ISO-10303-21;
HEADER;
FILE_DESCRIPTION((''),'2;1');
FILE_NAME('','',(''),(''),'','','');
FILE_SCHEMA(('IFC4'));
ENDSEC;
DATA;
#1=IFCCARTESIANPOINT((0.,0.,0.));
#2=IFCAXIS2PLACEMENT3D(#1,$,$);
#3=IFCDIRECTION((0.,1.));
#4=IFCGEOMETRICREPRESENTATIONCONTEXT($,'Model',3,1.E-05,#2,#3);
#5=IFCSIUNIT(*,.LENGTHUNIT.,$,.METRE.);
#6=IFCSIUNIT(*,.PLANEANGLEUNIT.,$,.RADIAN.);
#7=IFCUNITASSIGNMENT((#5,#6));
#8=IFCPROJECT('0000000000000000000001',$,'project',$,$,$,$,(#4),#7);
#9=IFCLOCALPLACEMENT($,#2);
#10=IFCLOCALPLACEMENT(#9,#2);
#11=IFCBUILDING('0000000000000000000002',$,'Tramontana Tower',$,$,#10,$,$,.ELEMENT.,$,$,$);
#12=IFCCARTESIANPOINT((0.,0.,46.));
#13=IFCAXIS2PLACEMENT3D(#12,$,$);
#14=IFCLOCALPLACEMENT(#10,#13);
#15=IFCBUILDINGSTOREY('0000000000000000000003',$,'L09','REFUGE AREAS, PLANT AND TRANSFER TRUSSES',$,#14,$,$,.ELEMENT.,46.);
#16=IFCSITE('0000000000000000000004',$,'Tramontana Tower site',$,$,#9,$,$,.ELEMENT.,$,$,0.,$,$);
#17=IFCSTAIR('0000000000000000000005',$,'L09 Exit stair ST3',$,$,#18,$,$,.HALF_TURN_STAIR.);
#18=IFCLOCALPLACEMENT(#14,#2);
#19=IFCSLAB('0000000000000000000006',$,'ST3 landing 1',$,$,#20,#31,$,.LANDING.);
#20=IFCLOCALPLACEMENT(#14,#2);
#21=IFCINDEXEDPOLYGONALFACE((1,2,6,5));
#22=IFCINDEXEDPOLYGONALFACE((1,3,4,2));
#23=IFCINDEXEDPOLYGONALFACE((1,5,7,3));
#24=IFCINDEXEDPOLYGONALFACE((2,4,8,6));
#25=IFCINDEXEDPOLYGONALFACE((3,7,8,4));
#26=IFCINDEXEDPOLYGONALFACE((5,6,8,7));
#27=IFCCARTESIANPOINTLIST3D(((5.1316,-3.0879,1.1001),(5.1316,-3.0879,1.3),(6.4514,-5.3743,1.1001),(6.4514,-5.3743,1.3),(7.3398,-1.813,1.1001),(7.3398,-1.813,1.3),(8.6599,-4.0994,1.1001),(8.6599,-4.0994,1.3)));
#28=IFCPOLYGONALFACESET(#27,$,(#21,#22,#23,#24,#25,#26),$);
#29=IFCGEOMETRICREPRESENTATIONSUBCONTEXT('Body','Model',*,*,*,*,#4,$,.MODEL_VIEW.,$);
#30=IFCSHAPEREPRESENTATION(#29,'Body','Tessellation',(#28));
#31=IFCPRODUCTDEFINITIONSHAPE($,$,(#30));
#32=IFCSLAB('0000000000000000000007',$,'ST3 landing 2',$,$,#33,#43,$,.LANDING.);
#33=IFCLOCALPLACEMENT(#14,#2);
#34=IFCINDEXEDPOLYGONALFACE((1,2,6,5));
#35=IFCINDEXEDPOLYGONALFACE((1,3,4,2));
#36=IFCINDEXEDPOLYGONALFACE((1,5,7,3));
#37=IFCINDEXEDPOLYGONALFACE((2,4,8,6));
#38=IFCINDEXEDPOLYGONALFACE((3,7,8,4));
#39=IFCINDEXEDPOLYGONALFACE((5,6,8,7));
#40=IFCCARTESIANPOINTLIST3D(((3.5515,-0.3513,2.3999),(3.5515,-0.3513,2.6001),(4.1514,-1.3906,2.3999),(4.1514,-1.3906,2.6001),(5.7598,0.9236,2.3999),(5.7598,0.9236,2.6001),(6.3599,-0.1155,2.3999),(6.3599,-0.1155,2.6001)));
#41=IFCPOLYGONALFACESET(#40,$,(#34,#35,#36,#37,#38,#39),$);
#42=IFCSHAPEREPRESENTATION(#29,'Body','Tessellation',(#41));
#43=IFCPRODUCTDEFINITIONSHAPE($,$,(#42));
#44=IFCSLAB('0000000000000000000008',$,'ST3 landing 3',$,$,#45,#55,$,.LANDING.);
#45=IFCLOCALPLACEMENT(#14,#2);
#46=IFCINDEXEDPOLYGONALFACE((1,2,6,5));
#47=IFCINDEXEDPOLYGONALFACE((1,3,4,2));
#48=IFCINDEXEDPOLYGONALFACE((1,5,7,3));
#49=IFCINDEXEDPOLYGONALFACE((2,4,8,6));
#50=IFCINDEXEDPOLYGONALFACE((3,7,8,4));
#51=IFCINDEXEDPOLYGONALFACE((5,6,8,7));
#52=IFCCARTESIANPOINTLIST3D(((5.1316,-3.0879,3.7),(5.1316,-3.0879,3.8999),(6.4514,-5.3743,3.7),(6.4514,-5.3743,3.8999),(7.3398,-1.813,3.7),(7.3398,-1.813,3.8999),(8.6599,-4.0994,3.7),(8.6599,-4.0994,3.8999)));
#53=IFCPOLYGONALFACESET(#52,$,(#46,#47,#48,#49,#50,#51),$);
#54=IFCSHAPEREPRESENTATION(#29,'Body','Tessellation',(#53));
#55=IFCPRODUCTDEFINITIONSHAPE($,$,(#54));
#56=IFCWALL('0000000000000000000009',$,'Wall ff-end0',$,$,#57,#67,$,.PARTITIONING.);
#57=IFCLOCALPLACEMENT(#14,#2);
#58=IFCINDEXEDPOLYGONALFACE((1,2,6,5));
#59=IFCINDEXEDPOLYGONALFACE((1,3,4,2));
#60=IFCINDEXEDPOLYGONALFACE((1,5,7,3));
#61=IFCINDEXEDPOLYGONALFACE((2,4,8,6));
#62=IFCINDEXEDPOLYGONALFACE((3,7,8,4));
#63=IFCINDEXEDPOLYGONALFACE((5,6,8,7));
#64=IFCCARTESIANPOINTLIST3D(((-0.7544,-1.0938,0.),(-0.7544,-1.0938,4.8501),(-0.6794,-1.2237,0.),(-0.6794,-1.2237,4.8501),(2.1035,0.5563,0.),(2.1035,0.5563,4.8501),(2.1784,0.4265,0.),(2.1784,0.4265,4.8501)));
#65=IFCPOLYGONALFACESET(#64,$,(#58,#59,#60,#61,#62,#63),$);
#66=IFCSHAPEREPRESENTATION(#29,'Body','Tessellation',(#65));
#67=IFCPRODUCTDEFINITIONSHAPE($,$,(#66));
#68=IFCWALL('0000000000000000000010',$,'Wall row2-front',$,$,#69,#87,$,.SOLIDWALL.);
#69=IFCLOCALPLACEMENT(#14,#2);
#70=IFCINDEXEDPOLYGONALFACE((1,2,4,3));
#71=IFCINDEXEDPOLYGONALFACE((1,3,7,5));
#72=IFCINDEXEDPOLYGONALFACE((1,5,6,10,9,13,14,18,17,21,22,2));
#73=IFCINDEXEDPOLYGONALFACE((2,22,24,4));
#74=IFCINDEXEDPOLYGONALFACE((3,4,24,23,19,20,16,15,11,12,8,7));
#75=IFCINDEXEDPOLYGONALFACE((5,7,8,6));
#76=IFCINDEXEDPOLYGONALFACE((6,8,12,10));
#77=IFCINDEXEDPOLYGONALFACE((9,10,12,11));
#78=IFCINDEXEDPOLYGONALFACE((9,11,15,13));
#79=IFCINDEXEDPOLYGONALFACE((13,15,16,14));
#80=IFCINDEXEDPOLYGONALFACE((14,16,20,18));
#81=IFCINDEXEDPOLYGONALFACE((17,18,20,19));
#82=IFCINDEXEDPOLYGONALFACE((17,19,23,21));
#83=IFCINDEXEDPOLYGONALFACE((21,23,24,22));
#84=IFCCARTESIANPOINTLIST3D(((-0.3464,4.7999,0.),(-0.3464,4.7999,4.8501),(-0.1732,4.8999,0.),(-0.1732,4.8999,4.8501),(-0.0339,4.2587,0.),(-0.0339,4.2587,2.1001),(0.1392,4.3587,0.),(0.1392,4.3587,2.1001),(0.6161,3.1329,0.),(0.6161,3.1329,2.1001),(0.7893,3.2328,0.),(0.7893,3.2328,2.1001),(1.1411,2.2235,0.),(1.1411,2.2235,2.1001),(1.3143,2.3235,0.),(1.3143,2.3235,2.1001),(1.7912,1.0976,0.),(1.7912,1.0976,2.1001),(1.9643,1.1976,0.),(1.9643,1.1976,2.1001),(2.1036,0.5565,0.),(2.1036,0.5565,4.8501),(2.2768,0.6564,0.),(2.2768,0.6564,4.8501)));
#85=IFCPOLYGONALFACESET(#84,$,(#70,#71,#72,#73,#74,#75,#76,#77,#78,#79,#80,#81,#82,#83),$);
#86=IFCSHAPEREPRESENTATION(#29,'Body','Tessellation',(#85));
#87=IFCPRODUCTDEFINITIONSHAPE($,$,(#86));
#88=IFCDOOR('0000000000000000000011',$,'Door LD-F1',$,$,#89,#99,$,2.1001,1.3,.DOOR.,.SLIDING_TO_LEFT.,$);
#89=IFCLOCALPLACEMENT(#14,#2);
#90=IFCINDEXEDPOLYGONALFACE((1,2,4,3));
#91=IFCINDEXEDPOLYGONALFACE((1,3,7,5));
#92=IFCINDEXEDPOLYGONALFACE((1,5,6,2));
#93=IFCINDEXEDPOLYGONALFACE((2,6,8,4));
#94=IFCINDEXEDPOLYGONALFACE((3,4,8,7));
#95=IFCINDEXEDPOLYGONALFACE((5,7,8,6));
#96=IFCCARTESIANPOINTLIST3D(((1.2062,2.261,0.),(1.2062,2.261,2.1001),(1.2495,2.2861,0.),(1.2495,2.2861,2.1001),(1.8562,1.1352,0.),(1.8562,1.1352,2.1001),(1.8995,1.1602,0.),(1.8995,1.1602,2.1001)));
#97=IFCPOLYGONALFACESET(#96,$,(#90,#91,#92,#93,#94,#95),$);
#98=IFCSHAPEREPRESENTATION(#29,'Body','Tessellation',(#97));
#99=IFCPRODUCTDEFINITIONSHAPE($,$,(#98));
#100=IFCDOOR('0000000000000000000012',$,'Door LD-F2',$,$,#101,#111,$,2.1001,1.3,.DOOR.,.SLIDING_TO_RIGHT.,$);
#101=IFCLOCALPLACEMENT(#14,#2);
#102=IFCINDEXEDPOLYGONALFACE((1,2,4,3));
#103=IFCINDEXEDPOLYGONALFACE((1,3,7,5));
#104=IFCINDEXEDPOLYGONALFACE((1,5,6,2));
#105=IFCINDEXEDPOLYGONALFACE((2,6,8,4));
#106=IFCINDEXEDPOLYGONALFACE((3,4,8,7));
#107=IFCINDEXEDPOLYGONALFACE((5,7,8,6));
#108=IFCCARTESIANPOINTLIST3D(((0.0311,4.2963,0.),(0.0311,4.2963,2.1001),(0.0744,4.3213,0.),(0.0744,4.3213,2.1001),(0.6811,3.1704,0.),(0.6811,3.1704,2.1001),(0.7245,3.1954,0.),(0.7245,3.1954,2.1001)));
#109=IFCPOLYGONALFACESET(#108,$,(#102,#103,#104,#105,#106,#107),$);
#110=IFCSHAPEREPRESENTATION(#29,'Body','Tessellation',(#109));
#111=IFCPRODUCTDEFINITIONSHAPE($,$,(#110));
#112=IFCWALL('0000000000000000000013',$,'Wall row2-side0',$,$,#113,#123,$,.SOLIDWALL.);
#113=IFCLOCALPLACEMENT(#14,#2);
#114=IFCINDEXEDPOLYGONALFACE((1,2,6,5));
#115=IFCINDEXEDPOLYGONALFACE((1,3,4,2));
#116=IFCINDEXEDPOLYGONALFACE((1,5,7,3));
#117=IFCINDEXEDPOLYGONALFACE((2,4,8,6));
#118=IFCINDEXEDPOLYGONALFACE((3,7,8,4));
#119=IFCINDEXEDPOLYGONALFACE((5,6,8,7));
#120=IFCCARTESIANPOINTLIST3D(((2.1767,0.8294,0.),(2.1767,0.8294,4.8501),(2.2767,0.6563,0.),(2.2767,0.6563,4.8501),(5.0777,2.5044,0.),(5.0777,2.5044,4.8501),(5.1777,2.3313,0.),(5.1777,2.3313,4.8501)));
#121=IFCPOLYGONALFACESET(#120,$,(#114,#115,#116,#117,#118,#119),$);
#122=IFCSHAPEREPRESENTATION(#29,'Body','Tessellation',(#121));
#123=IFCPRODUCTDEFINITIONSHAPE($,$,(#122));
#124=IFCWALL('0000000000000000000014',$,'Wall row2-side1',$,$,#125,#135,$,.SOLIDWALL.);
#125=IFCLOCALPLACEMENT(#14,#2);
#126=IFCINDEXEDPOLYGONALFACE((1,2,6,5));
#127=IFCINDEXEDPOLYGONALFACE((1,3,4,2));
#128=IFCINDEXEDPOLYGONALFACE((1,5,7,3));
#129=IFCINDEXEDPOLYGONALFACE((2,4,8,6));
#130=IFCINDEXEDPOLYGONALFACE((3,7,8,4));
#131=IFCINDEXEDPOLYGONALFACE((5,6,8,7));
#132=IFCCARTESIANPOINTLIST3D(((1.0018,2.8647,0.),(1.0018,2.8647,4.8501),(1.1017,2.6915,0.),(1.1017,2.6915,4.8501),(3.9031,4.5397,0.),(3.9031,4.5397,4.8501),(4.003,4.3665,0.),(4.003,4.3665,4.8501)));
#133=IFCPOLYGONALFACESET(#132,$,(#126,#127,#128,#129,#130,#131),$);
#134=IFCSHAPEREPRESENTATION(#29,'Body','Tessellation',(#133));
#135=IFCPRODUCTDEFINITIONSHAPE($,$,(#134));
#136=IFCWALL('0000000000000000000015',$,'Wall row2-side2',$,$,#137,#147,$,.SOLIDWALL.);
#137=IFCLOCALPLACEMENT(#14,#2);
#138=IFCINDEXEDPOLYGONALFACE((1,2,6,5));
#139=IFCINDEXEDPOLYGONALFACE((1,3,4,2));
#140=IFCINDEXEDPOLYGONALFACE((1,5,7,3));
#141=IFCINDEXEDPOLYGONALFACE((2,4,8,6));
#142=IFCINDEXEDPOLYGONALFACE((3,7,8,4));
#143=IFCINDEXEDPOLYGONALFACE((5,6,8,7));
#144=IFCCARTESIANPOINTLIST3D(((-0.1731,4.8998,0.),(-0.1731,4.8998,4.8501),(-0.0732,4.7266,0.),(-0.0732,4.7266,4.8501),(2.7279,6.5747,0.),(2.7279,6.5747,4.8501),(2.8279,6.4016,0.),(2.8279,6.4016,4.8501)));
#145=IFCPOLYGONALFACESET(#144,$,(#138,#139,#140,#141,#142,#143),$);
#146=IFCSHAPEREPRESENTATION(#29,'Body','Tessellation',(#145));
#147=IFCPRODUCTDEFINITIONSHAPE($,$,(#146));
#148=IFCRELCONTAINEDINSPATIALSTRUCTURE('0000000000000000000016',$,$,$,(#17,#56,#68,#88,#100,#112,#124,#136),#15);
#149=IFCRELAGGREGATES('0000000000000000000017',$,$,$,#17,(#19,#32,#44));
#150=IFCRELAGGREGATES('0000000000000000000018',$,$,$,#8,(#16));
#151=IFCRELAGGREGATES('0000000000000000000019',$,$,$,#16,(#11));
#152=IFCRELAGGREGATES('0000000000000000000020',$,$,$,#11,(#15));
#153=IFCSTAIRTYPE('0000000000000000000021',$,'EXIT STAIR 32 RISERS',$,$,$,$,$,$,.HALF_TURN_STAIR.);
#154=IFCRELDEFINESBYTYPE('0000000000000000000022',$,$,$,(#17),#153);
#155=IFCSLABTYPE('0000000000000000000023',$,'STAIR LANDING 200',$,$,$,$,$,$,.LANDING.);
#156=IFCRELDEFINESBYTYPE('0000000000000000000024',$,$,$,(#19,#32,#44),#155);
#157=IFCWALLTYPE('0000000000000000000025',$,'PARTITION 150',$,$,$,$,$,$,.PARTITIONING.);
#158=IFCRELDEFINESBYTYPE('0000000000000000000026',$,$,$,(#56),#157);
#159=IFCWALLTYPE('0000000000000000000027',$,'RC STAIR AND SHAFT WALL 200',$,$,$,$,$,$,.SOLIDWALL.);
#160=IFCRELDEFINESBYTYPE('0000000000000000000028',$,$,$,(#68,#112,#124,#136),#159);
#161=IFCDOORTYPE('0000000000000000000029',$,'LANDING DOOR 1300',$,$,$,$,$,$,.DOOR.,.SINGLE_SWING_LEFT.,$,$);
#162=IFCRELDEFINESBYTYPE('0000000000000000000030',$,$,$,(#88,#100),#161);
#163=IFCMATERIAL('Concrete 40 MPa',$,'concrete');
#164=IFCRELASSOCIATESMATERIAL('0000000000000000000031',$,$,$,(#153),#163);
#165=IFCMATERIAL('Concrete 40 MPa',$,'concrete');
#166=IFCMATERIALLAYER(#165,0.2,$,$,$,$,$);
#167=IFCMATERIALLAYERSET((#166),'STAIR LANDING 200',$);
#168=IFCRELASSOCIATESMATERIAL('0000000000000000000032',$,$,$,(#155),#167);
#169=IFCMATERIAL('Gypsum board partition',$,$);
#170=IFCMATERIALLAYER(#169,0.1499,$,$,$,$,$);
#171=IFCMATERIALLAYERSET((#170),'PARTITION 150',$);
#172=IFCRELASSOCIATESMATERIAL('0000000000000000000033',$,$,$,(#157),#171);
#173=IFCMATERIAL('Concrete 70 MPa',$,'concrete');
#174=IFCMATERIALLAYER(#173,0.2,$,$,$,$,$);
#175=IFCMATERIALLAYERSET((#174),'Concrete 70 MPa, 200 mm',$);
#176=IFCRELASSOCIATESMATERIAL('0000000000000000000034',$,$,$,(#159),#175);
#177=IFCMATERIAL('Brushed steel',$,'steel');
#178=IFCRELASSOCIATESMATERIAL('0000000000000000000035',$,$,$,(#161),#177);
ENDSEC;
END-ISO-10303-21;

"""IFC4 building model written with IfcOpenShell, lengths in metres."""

from ifc_helpers import new_model, si_unit, direction, frame, frame_2d, origin, place, context, subcontext, project, spatial, polyline, rectangle, outline, extrude, material, layer, layer_set, type_object, element, fill, aggregate, save


model = new_model("IFC4")

# Units and contexts
model_context = context("Model", 3, precision=1e-05, world=origin(), true_north=direction((0.0, 1.0)))
body_context = subcontext(model_context, "Body", "Model", "MODEL_VIEW")
ifc_project = project(units=[si_unit("LENGTHUNIT", "METRE"), si_unit("PLANEANGLEUNIT", "RADIAN")], contexts=[model_context])

# Site, building, storey
site_placement = place(None, origin())
site = spatial("IfcSite", under=ifc_project, at=site_placement, Name="Tramontana Tower site", CompositionType="ELEMENT", RefElevation=0.0)
building_placement = place(site_placement, origin())
building = spatial("IfcBuilding", under=site, at=building_placement, Name="Tramontana Tower", CompositionType="ELEMENT")
storey_placement = place(building_placement, frame((0.0, 0.0, 46.0)))
storey = spatial("IfcBuildingStorey", under=building, at=storey_placement, Name="L09", Description="REFUGE AREAS, PLANT AND TRANSFER TRUSSES", CompositionType="ELEMENT", Elevation=46.0)

# Stair, slabs
ifc_material_1 = material(Name="Concrete 40 MPa", Category="concrete")
stair_type = type_object("IfcStairType", Name="EXIT STAIR 32 RISERS", PredefinedType="HALF_TURN_STAIR", material=ifc_material_1)
ifc_material_2 = material(Name="Concrete 40 MPa", Category="concrete")
ifc_layer_1 = layer(ifc_material_2, 0.2)
ifc_layer_set_1 = layer_set([ifc_layer_1], Name="STAIR LANDING 200")
slab_type_1 = type_object("IfcSlabType", Name="STAIR LANDING 200", PredefinedType="LANDING", material=ifc_layer_set_1)
stair_1_placement = place(storey_placement, origin())
stair_1 = element("IfcStair", 1, at=stair_1_placement, inside=storey, type_object=stair_type, Name="L09 Exit stair ST3", PredefinedType="HALF_TURN_STAIR")
slab_1_placement = place(storey_placement, frame((0.0, 0.0, 1.1001)))
slab_1 = element("IfcSlab", 2, at=slab_1_placement, type_object=slab_type_1, Name="ST3 landing 1", PredefinedType="LANDING", context=body_context, shape_type="SweptSolid", body=[
    extrude(outline(polyline([(5.1316, -3.0879), (6.4514, -5.3743), (8.6599, -4.0994), (7.3398, -1.813), (5.1316, -3.0879)])), origin(), (0.0, 0.0, 1.0), 0.2),
])
slab_2_placement = place(storey_placement, frame((0.0, 0.0, 2.3999)))
slab_2 = element("IfcSlab", 3, at=slab_2_placement, type_object=slab_type_1, Name="ST3 landing 2", PredefinedType="LANDING", context=body_context, shape_type="SweptSolid", body=[
    extrude(outline(polyline([(3.5515, -0.3513), (4.1514, -1.3906), (6.3599, -0.1155), (5.7598, 0.9236), (3.5515, -0.3513)])), origin(), (0.0, 0.0, 1.0), 0.2002),
])
slab_3_placement = place(storey_placement, frame((0.0, 0.0, 3.7)))
slab_3 = element("IfcSlab", 4, at=slab_3_placement, type_object=slab_type_1, Name="ST3 landing 3", PredefinedType="LANDING", context=body_context, shape_type="SweptSolid", body=[
    extrude(outline(polyline([(5.1316, -3.0879), (6.4514, -5.3743), (8.6599, -4.0994), (7.3398, -1.813), (5.1316, -3.0879)])), origin(), (0.0, 0.0, 1.0), 0.2),
])
aggregate(stair_1, [slab_1, slab_2, slab_3])

# Shared definitions
ifc_material_3 = material(Name="Gypsum board partition")
ifc_layer_2 = layer(ifc_material_3, 0.1499)
ifc_layer_set_2 = layer_set([ifc_layer_2], Name="PARTITION 150")
wall_type_1 = type_object("IfcWallType", Name="PARTITION 150", PredefinedType="PARTITIONING", material=ifc_layer_set_2)

# Wall
wall_1_placement = place(storey_placement, frame((-0.7168, -1.1587, 0.0), z_axis=(0.0, 0.0, 1.0), x_axis=(0.866008, 0.50003, 0.0)))
element("IfcWall", 5, at=wall_1_placement, inside=storey, type_object=wall_type_1, Name="Wall ff-end0", PredefinedType="PARTITIONING", context=body_context, shape_type="SweptSolid", body=[
    extrude(rectangle(XDim=3.3, YDim=0.1499, at=frame_2d((1.6499, 0.0))), origin(), (0.0, 0.0, 1.0), 4.8501),
])

# Shared definitions
ifc_material_4 = material(Name="Concrete 70 MPa", Category="concrete")
ifc_layer_3 = layer(ifc_material_4, 0.2)
ifc_layer_set_3 = layer_set([ifc_layer_3], Name="Concrete 70 MPa, 200 mm")
wall_type_2 = type_object("IfcWallType", Name="RC STAIR AND SHAFT WALL 200", PredefinedType="SOLIDWALL", material=ifc_layer_set_3)

# Wall, openings, doors
wall_2_placement = place(storey_placement, frame((2.1902, 0.6064, 0.0), z_axis=(0.0, 0.0, 1.0), x_axis=(-0.500003, 0.866024, 0.0)))
wall_2 = element("IfcWall", 6, at=wall_2_placement, inside=storey, type_object=wall_type_2, Name="Wall row2-front", PredefinedType="SOLIDWALL", context=body_context, shape_type="SweptSolid", body=[
    extrude(rectangle(XDim=4.8999, YDim=0.2, at=frame_2d((2.45, 0.0))), origin(), (0.0, 0.0, 1.0), 4.8501),
])
opening_1_placement = place(wall_2_placement, frame((0.625, 0.0, 0.0)))
opening_1 = element("IfcOpeningElement", 7, at=opening_1_placement, cuts=wall_2, PredefinedType="OPENING", context=body_context, shape_type="SweptSolid", body=[
    extrude(rectangle(XDim=1.3, YDim=2.1001, at=frame_2d((0.6499, 1.05))), frame((0.0, 0.1099, 0.0), z_axis=(0.0, -1.0, 0.0), x_axis=(1.0, 0.0, 0.0)), (0.0, 0.0, 1.0), 0.22),
])
opening_2_placement = place(wall_2_placement, frame((2.9751, 0.0, 0.0)))
opening_2 = element("IfcOpeningElement", 8, at=opening_2_placement, cuts=wall_2, PredefinedType="OPENING", context=body_context, shape_type="SweptSolid", body=[
    extrude(rectangle(XDim=1.3, YDim=2.1001, at=frame_2d((0.6499, 1.05))), frame((0.0, 0.1099, 0.0), z_axis=(0.0, -1.0, 0.0), x_axis=(1.0, 0.0, 0.0)), (0.0, 0.0, 1.0), 0.22),
])
ifc_material_5 = material(Name="Brushed steel", Category="steel")
door_type_1 = type_object("IfcDoorType", Name="LANDING DOOR 1300", OperationType="SINGLE_SWING_LEFT", PredefinedType="DOOR", material=ifc_material_5)
door_1_placement = place(opening_1_placement, origin())
door_1 = element("IfcDoor", 9, at=door_1_placement, inside=storey, type_object=door_type_1, Name="Door LD-F1", OperationType="SLIDING_TO_LEFT", OverallHeight=2.1001, OverallWidth=1.3, PredefinedType="DOOR", context=body_context, shape_type="SweptSolid", body=[
    extrude(rectangle(XDim=1.3, YDim=2.1001, at=frame_2d((0.6499, 1.05))), frame((0.0, 0.0249, 0.0), z_axis=(0.0, -1.0, 0.0), x_axis=(1.0, 0.0, 0.0)), (0.0, 0.0, 1.0), 0.05),
])
fill(opening_1, door_1)
door_2_placement = place(opening_2_placement, origin())
door_2 = element("IfcDoor", 10, at=door_2_placement, inside=storey, type_object=door_type_1, Name="Door LD-F2", OperationType="SLIDING_TO_RIGHT", OverallHeight=2.1001, OverallWidth=1.3, PredefinedType="DOOR", context=body_context, shape_type="SweptSolid", body=[
    extrude(rectangle(XDim=1.3, YDim=2.1001, at=frame_2d((0.6499, 1.05))), frame((0.0, 0.0249, 0.0), z_axis=(0.0, -1.0, 0.0), x_axis=(1.0, 0.0, 0.0)), (0.0, 0.0, 1.0), 0.05),
])
fill(opening_2, door_2)

# Walls
wall_3_placement = place(storey_placement, frame((2.2268, 0.7429, 0.0), z_axis=(0.0, 0.0, 1.0), x_axis=(0.866014, 0.500019, 0.0)))
element("IfcWall", 11, at=wall_3_placement, inside=storey, type_object=wall_type_2, Name="Wall row2-side0", PredefinedType="SOLIDWALL", context=body_context, shape_type="SweptSolid", body=[
    extrude(rectangle(XDim=3.3499, YDim=0.2, at=frame_2d((1.6748, 0.0))), origin(), (0.0, 0.0, 1.0), 4.8501),
])
wall_4_placement = place(storey_placement, frame((1.0518, 2.7781, 0.0), z_axis=(0.0, 0.0, 1.0), x_axis=(0.866033, 0.499987, 0.0)))
element("IfcWall", 12, at=wall_4_placement, inside=storey, type_object=wall_type_2, Name="Wall row2-side1", PredefinedType="SOLIDWALL", context=body_context, shape_type="SweptSolid", body=[
    extrude(rectangle(XDim=3.3501, YDim=0.2, at=frame_2d((1.675, 0.0))), origin(), (0.0, 0.0, 1.0), 4.8501),
])
wall_5_placement = place(storey_placement, frame((-0.123, 4.8132, 0.0), z_axis=(0.0, 0.0, 1.0), x_axis=(0.866014, 0.500019, 0.0)))
element("IfcWall", 13, at=wall_5_placement, inside=storey, type_object=wall_type_2, Name="Wall row2-side2", PredefinedType="SOLIDWALL", context=body_context, shape_type="SweptSolid", body=[
    extrude(rectangle(XDim=3.3499, YDim=0.2, at=frame_2d((1.6748, 0.0))), origin(), (0.0, 0.0, 1.0), 4.8501),
])

save(model, "model.ifc")
